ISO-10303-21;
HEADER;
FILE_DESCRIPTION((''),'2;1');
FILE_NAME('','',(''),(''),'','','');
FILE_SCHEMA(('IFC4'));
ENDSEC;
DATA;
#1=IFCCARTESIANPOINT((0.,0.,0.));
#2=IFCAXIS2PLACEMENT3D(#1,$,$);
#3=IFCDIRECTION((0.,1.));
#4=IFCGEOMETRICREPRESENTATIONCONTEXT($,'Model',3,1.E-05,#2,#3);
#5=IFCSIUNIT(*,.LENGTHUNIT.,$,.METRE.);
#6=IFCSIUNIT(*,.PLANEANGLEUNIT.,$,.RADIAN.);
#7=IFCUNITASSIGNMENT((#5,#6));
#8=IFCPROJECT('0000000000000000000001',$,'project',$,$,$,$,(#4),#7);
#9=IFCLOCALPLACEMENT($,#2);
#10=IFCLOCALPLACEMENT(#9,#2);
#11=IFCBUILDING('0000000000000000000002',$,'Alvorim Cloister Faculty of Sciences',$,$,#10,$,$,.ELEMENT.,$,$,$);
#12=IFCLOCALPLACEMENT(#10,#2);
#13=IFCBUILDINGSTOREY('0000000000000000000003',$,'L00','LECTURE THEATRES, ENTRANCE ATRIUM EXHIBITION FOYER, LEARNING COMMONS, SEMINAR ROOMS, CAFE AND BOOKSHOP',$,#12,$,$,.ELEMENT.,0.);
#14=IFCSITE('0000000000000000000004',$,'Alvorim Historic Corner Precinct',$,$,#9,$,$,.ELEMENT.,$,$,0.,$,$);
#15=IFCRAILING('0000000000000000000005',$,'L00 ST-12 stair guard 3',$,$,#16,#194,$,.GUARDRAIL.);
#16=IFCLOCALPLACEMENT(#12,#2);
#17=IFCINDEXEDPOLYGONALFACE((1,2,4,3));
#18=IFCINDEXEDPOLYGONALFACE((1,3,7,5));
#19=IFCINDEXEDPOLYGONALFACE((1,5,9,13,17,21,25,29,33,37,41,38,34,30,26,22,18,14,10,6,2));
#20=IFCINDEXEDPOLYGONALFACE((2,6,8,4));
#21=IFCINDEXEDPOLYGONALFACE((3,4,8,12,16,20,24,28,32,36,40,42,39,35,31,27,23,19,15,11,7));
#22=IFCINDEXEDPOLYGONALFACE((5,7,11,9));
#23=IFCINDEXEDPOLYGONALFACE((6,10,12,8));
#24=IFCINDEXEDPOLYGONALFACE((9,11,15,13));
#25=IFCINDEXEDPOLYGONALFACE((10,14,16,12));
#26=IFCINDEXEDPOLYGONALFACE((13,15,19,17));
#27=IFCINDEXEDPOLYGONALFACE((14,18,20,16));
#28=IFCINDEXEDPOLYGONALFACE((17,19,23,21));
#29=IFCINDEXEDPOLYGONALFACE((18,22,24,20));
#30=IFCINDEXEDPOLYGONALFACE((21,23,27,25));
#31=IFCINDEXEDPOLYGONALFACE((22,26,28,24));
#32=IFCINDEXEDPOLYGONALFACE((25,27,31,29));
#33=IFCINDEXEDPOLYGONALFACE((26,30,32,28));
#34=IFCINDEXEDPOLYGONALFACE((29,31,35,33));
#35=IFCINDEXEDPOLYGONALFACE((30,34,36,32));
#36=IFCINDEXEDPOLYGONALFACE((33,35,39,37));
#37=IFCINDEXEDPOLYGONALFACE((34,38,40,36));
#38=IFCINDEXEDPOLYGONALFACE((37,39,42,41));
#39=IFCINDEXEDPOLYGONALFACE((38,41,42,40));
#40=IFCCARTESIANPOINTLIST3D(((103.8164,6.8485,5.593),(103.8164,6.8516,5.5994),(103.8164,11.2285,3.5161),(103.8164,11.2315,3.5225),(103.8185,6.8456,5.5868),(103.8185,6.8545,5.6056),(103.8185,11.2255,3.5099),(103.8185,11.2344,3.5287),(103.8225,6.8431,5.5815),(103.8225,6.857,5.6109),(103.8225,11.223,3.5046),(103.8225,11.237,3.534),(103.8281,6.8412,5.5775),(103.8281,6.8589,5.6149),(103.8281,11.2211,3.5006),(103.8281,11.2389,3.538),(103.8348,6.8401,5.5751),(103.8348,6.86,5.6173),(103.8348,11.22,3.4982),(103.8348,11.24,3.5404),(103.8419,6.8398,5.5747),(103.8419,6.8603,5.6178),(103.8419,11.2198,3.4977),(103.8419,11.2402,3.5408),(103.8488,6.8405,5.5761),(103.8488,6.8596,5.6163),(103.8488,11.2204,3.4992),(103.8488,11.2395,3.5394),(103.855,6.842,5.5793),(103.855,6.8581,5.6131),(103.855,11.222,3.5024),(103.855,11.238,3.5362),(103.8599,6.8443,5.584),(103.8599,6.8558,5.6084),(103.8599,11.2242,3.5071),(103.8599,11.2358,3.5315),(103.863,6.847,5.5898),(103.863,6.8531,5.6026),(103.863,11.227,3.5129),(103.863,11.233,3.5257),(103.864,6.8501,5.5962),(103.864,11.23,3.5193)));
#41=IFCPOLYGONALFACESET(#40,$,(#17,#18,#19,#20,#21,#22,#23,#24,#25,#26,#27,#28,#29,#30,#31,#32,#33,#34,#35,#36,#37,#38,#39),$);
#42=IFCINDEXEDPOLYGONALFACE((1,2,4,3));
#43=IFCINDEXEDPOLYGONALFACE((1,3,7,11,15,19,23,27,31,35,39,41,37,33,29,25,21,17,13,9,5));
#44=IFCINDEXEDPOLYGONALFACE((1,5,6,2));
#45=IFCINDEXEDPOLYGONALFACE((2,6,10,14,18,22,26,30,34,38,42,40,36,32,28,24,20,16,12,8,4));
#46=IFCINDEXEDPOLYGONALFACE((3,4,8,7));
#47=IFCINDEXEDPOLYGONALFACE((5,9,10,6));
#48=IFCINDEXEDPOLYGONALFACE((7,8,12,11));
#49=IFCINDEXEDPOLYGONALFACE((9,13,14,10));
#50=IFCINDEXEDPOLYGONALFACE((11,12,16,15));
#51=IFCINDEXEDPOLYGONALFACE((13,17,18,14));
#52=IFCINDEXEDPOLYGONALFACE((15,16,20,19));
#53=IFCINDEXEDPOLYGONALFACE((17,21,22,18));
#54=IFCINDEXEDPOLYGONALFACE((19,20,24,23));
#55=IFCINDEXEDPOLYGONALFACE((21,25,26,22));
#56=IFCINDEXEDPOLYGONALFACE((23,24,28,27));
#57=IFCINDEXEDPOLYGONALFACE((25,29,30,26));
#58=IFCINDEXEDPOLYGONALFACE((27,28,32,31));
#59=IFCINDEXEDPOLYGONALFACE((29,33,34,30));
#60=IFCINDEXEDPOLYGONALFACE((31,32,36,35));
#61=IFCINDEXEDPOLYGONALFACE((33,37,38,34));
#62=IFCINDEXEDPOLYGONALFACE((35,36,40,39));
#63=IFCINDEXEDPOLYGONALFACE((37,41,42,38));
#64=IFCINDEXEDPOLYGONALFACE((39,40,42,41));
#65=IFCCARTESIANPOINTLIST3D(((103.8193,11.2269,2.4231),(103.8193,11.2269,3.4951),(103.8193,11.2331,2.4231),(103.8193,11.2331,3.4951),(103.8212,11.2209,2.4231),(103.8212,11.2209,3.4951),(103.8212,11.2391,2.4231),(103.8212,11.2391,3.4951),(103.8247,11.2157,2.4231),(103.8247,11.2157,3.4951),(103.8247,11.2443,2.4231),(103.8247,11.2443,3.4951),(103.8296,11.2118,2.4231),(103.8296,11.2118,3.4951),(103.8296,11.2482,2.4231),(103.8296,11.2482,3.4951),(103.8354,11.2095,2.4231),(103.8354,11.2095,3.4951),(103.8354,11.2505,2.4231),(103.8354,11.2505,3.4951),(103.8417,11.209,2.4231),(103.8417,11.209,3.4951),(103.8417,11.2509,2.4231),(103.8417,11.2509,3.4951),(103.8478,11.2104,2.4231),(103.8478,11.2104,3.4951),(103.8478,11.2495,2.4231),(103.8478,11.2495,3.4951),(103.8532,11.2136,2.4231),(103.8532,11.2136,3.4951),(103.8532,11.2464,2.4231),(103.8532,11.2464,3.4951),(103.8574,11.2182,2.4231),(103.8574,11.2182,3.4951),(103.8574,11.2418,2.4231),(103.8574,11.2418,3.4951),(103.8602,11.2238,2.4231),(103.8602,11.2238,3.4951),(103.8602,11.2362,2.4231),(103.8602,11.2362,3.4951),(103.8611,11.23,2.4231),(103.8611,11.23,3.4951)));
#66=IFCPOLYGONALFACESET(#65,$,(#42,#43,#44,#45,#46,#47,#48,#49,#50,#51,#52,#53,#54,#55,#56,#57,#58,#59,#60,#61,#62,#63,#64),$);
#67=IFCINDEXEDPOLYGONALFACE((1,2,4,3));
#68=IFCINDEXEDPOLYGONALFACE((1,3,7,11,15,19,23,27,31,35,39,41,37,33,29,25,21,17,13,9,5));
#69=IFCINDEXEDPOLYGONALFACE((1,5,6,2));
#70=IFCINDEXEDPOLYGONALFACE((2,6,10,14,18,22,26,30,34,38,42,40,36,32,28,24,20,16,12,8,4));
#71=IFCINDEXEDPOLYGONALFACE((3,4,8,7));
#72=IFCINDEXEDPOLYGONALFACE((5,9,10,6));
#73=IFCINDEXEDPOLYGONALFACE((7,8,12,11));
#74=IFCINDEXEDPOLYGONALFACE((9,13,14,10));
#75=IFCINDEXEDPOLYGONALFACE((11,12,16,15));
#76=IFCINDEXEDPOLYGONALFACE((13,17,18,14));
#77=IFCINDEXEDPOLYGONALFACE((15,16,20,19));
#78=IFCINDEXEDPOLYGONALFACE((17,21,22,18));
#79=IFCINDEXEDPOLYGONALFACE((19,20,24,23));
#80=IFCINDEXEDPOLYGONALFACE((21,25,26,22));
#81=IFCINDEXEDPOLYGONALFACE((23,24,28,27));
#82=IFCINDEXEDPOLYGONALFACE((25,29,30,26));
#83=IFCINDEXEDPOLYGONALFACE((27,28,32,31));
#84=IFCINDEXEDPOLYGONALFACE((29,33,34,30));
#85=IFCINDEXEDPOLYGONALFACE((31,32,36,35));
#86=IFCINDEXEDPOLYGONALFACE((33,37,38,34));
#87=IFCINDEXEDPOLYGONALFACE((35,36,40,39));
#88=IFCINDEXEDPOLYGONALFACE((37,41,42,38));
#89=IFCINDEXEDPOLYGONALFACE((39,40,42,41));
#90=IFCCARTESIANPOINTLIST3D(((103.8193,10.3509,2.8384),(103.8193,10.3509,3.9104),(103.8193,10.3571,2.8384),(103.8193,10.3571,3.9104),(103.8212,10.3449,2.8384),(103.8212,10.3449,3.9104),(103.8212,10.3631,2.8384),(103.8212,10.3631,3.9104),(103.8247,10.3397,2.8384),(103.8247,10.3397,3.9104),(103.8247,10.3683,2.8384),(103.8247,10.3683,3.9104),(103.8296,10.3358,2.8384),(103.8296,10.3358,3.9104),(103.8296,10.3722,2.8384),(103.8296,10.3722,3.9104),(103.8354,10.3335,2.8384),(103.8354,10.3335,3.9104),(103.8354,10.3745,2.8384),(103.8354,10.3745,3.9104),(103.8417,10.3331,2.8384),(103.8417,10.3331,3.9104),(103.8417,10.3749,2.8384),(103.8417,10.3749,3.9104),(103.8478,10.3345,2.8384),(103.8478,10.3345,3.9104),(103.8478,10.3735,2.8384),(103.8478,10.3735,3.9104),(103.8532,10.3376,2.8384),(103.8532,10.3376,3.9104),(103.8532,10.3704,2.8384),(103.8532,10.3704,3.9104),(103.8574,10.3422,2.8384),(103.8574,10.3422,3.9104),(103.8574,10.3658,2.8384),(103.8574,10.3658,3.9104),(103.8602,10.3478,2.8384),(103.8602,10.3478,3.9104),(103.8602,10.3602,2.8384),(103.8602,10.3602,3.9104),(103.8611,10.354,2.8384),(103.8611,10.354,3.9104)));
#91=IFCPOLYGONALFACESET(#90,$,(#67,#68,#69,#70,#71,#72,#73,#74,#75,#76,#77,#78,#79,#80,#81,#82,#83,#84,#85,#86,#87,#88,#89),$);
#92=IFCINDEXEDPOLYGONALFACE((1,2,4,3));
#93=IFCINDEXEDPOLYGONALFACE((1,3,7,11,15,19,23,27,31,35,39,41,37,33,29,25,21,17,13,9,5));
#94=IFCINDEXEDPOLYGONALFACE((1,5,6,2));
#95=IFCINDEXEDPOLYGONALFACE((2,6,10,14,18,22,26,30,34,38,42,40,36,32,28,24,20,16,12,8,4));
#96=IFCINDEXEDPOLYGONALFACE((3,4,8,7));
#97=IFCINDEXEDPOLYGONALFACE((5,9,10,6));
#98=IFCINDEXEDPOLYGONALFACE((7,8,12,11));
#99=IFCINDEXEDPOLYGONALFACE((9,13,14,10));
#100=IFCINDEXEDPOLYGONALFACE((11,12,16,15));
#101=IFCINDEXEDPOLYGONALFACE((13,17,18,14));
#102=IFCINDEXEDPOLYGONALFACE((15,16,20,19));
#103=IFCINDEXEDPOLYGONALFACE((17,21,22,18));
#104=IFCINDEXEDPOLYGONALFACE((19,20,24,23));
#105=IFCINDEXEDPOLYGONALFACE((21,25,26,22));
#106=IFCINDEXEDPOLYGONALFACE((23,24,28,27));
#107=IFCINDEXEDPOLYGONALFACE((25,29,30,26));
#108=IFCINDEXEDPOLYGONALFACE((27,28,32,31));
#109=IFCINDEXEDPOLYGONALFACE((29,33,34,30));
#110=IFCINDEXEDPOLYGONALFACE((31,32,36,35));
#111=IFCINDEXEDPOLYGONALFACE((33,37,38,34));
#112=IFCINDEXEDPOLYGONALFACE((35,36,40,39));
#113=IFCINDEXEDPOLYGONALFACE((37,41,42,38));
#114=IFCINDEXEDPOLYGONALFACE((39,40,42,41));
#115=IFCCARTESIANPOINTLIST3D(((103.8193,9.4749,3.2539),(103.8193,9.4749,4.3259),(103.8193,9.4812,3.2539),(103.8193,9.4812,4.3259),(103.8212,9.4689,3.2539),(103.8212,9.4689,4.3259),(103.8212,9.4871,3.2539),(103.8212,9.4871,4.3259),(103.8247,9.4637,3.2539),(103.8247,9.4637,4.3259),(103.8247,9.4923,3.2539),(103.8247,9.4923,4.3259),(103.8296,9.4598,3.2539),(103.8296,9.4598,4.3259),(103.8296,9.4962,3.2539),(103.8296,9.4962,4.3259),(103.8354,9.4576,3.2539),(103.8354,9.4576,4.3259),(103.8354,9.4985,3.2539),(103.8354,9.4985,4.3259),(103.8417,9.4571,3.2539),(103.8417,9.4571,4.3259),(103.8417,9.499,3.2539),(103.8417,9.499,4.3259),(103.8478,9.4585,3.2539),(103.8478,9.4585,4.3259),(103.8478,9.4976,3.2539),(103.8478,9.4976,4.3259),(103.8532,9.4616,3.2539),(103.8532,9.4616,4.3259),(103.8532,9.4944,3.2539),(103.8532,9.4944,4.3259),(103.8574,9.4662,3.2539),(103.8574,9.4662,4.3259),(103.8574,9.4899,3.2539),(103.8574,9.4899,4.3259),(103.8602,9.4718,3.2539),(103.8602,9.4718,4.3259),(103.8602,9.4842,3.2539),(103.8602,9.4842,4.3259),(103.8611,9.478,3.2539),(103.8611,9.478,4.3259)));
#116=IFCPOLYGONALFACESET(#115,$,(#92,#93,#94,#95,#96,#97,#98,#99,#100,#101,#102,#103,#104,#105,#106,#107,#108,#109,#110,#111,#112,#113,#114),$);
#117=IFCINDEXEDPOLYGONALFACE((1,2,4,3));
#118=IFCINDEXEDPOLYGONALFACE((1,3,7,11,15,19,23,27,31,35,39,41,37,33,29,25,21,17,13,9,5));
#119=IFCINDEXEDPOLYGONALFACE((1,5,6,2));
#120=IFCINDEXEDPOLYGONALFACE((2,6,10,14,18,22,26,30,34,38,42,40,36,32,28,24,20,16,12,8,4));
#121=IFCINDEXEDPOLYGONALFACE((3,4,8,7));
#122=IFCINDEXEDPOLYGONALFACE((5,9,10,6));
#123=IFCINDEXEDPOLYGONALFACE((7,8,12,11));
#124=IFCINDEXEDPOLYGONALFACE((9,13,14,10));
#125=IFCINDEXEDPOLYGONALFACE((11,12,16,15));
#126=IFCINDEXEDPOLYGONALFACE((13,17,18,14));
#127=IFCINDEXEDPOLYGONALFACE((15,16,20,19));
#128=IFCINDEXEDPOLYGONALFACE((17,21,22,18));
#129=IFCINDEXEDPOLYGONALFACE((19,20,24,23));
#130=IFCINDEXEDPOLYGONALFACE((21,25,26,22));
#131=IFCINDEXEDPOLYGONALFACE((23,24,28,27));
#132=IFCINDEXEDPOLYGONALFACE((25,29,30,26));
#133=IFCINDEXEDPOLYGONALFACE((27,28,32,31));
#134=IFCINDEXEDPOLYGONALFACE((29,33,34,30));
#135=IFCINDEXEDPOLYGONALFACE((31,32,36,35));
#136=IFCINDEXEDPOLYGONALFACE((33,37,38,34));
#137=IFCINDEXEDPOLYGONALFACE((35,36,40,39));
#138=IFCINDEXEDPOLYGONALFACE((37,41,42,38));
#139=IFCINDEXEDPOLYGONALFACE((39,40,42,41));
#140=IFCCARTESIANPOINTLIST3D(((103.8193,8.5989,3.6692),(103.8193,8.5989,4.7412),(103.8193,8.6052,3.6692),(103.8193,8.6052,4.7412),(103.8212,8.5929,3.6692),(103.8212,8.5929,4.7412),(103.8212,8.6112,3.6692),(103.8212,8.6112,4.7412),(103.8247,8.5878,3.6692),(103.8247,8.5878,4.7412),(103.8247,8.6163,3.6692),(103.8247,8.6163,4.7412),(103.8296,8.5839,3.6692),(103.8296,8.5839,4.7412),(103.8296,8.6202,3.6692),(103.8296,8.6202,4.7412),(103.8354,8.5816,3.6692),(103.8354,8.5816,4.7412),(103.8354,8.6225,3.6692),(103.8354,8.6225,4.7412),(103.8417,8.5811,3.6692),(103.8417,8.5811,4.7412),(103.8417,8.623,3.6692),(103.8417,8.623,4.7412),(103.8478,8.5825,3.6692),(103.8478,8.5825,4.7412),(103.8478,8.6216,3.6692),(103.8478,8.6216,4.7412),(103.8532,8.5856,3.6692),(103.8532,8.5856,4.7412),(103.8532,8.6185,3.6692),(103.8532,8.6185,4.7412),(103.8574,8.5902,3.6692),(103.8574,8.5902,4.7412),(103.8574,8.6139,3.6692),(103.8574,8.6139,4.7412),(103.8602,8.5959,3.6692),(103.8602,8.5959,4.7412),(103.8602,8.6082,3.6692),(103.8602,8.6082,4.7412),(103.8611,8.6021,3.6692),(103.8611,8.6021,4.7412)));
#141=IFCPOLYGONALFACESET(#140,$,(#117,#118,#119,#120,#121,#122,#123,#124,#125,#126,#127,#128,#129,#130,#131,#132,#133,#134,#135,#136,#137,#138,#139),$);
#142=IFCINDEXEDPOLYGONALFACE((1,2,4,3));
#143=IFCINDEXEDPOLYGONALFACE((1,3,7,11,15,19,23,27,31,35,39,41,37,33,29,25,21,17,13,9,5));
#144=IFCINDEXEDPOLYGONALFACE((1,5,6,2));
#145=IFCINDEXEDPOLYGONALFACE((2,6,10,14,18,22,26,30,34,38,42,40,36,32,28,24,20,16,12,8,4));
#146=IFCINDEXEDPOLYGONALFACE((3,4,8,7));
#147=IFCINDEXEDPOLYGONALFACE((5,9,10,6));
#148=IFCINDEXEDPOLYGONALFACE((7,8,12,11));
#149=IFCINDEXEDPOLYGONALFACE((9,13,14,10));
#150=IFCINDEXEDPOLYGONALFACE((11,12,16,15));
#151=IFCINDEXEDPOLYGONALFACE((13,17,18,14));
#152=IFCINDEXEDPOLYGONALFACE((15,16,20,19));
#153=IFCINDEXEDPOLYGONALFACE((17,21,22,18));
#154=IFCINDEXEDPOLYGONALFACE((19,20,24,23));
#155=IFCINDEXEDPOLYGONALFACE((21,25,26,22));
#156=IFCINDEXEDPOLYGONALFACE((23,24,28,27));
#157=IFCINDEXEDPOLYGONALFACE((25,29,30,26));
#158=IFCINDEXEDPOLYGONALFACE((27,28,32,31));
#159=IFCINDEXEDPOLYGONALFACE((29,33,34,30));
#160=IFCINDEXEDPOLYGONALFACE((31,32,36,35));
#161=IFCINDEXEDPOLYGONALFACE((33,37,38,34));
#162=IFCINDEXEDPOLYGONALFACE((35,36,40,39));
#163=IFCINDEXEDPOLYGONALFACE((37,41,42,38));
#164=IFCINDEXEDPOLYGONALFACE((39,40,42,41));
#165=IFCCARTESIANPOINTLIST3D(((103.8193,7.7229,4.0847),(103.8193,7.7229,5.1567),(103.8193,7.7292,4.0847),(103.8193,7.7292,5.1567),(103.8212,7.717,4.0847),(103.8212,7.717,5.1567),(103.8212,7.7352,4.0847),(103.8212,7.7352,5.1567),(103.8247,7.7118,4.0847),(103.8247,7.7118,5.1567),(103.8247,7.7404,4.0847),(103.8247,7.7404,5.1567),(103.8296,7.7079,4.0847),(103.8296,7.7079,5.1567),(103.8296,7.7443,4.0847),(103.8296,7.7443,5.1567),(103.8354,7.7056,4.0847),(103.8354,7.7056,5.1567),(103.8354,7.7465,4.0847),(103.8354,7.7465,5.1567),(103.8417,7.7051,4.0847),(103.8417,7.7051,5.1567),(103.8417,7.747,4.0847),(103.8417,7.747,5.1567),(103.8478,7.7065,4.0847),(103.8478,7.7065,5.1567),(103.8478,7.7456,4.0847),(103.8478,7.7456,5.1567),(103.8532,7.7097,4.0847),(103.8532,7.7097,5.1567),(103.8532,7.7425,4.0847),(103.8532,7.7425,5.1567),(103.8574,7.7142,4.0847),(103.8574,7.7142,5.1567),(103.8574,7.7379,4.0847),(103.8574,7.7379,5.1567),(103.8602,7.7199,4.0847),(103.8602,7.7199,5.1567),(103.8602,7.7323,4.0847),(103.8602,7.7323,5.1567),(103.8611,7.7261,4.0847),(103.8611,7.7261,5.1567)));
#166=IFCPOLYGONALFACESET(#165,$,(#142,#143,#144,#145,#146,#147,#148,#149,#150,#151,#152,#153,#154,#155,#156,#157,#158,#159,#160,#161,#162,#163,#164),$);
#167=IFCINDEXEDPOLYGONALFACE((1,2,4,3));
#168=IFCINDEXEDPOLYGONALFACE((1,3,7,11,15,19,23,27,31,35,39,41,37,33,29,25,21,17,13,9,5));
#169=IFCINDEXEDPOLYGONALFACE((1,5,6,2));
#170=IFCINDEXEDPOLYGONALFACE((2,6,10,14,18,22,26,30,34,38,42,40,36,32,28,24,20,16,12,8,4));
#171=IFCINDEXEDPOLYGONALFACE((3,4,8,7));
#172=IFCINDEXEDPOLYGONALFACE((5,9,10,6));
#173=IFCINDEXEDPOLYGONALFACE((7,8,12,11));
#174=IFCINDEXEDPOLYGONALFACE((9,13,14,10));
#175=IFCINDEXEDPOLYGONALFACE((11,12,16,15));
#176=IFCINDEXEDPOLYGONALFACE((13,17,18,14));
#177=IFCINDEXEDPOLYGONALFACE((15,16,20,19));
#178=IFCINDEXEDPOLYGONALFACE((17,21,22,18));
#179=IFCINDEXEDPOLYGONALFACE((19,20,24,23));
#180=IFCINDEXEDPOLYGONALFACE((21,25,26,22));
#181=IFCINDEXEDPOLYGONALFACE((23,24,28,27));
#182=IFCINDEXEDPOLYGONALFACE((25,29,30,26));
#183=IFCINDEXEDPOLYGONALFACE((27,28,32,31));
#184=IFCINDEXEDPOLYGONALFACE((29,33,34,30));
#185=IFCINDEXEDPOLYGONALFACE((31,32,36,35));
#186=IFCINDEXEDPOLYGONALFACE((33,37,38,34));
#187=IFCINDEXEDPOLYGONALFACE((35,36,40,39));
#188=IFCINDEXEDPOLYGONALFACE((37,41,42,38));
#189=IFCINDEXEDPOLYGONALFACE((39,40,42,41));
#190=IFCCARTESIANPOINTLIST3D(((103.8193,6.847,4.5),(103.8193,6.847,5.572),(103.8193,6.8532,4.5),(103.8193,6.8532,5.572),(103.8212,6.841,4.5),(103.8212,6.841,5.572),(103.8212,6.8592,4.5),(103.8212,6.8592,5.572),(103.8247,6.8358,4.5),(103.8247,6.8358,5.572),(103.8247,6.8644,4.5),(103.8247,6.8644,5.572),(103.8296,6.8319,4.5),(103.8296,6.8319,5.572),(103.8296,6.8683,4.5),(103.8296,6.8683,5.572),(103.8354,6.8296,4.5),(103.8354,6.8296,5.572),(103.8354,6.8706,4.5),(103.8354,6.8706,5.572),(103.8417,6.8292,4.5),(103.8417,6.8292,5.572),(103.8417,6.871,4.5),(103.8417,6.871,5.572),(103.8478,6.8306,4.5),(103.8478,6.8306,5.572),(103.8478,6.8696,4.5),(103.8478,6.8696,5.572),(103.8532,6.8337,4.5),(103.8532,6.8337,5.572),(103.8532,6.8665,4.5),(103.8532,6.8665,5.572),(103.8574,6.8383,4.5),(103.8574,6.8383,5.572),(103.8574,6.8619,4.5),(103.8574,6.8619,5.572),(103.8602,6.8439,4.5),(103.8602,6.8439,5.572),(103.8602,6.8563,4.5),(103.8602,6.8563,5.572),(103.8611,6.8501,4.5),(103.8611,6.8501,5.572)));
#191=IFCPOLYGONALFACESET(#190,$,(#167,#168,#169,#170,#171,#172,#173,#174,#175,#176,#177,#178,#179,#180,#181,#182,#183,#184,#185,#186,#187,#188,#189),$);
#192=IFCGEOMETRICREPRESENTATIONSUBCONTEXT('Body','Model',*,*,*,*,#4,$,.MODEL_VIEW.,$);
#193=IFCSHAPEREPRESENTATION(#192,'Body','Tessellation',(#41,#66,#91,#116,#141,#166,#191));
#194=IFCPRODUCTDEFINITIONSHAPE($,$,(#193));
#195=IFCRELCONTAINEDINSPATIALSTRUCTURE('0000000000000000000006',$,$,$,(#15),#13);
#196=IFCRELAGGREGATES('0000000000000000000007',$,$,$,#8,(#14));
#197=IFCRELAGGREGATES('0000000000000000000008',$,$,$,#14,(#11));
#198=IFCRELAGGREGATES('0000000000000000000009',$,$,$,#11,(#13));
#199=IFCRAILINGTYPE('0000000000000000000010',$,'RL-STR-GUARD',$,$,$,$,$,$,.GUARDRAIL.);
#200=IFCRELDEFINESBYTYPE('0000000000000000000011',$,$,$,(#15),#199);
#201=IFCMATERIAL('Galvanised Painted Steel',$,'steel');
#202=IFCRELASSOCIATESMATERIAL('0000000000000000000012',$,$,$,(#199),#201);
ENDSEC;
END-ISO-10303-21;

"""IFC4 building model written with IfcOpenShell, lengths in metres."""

from ifc_helpers import new_model, si_unit, direction, frame, origin, origin_2d, place, context, subcontext, project, spatial, circle, extrude, material, type_object, element, save


model = new_model("IFC4")

# Units and contexts
model_context = context("Model", 3, precision=1e-05, world=origin(), true_north=direction((0.0, 1.0)))
body_context = subcontext(model_context, "Body", "Model", "MODEL_VIEW")
ifc_project = project(units=[si_unit("LENGTHUNIT", "METRE"), si_unit("PLANEANGLEUNIT", "RADIAN")], contexts=[model_context])

# Site, building, storey
site_placement = place(None, origin())
site = spatial("IfcSite", under=ifc_project, at=site_placement, Name="Alvorim Historic Corner Precinct", CompositionType="ELEMENT", RefElevation=0.0)
building_placement = place(site_placement, origin())
building = spatial("IfcBuilding", under=site, at=building_placement, Name="Alvorim Cloister Faculty of Sciences", CompositionType="ELEMENT")
storey_placement = place(building_placement, origin())
storey = spatial("IfcBuildingStorey", under=building, at=storey_placement, Name="L00", Description="LECTURE THEATRES, ENTRANCE ATRIUM EXHIBITION FOYER, LEARNING COMMONS, SEMINAR ROOMS, CAFE AND BOOKSHOP", CompositionType="ELEMENT", Elevation=0.0)

# Railing
ifc_material_1 = material(Name="Galvanised Painted Steel", Category="steel")
railing_type_1 = type_object("IfcRailingType", Name="RL-STR-GUARD", PredefinedType="GUARDRAIL", material=ifc_material_1)
railing_1_placement = place(storey_placement, frame((103.8401, 11.23, 2.4231)))
element("IfcRailing", 1, at=railing_1_placement, inside=storey, type_object=railing_type_1, Name="L00 ST-12 stair guard 3", PredefinedType="GUARDRAIL", context=body_context, shape_type="SweptSolid", body=[
    extrude(circle(Radius=0.0239, at=origin_2d()), frame((0.0, 0.0, 1.0962), z_axis=(0.0, -0.90356, 0.428461), x_axis=(1.0, 0.0, 0.0)), (0.0, 0.0, 1.0), 4.8474),
    extrude(circle(Radius=0.021, at=origin_2d()), origin(), (0.0, 0.0, 1.0), 1.072),
    extrude(circle(Radius=0.021, at=origin_2d()), frame((0.0, -0.876, 0.4153)), (0.0, 0.0, 1.0), 1.072),
    extrude(circle(Radius=0.021, at=origin_2d()), frame((0.0, -1.752, 0.8308)), (0.0, 0.0, 1.0), 1.072),
    extrude(circle(Radius=0.021, at=origin_2d()), frame((0.0, -2.6279, 1.2461)), (0.0, 0.0, 1.0), 1.072),
    extrude(circle(Radius=0.021, at=origin_2d()), frame((0.0, -3.5039, 1.6616)), (0.0, 0.0, 1.0), 1.072),
    extrude(circle(Radius=0.021, at=origin_2d()), frame((0.0, -4.3799, 2.0769)), (0.0, 0.0, 1.0), 1.072),
])

save(model, "model.ifc")
